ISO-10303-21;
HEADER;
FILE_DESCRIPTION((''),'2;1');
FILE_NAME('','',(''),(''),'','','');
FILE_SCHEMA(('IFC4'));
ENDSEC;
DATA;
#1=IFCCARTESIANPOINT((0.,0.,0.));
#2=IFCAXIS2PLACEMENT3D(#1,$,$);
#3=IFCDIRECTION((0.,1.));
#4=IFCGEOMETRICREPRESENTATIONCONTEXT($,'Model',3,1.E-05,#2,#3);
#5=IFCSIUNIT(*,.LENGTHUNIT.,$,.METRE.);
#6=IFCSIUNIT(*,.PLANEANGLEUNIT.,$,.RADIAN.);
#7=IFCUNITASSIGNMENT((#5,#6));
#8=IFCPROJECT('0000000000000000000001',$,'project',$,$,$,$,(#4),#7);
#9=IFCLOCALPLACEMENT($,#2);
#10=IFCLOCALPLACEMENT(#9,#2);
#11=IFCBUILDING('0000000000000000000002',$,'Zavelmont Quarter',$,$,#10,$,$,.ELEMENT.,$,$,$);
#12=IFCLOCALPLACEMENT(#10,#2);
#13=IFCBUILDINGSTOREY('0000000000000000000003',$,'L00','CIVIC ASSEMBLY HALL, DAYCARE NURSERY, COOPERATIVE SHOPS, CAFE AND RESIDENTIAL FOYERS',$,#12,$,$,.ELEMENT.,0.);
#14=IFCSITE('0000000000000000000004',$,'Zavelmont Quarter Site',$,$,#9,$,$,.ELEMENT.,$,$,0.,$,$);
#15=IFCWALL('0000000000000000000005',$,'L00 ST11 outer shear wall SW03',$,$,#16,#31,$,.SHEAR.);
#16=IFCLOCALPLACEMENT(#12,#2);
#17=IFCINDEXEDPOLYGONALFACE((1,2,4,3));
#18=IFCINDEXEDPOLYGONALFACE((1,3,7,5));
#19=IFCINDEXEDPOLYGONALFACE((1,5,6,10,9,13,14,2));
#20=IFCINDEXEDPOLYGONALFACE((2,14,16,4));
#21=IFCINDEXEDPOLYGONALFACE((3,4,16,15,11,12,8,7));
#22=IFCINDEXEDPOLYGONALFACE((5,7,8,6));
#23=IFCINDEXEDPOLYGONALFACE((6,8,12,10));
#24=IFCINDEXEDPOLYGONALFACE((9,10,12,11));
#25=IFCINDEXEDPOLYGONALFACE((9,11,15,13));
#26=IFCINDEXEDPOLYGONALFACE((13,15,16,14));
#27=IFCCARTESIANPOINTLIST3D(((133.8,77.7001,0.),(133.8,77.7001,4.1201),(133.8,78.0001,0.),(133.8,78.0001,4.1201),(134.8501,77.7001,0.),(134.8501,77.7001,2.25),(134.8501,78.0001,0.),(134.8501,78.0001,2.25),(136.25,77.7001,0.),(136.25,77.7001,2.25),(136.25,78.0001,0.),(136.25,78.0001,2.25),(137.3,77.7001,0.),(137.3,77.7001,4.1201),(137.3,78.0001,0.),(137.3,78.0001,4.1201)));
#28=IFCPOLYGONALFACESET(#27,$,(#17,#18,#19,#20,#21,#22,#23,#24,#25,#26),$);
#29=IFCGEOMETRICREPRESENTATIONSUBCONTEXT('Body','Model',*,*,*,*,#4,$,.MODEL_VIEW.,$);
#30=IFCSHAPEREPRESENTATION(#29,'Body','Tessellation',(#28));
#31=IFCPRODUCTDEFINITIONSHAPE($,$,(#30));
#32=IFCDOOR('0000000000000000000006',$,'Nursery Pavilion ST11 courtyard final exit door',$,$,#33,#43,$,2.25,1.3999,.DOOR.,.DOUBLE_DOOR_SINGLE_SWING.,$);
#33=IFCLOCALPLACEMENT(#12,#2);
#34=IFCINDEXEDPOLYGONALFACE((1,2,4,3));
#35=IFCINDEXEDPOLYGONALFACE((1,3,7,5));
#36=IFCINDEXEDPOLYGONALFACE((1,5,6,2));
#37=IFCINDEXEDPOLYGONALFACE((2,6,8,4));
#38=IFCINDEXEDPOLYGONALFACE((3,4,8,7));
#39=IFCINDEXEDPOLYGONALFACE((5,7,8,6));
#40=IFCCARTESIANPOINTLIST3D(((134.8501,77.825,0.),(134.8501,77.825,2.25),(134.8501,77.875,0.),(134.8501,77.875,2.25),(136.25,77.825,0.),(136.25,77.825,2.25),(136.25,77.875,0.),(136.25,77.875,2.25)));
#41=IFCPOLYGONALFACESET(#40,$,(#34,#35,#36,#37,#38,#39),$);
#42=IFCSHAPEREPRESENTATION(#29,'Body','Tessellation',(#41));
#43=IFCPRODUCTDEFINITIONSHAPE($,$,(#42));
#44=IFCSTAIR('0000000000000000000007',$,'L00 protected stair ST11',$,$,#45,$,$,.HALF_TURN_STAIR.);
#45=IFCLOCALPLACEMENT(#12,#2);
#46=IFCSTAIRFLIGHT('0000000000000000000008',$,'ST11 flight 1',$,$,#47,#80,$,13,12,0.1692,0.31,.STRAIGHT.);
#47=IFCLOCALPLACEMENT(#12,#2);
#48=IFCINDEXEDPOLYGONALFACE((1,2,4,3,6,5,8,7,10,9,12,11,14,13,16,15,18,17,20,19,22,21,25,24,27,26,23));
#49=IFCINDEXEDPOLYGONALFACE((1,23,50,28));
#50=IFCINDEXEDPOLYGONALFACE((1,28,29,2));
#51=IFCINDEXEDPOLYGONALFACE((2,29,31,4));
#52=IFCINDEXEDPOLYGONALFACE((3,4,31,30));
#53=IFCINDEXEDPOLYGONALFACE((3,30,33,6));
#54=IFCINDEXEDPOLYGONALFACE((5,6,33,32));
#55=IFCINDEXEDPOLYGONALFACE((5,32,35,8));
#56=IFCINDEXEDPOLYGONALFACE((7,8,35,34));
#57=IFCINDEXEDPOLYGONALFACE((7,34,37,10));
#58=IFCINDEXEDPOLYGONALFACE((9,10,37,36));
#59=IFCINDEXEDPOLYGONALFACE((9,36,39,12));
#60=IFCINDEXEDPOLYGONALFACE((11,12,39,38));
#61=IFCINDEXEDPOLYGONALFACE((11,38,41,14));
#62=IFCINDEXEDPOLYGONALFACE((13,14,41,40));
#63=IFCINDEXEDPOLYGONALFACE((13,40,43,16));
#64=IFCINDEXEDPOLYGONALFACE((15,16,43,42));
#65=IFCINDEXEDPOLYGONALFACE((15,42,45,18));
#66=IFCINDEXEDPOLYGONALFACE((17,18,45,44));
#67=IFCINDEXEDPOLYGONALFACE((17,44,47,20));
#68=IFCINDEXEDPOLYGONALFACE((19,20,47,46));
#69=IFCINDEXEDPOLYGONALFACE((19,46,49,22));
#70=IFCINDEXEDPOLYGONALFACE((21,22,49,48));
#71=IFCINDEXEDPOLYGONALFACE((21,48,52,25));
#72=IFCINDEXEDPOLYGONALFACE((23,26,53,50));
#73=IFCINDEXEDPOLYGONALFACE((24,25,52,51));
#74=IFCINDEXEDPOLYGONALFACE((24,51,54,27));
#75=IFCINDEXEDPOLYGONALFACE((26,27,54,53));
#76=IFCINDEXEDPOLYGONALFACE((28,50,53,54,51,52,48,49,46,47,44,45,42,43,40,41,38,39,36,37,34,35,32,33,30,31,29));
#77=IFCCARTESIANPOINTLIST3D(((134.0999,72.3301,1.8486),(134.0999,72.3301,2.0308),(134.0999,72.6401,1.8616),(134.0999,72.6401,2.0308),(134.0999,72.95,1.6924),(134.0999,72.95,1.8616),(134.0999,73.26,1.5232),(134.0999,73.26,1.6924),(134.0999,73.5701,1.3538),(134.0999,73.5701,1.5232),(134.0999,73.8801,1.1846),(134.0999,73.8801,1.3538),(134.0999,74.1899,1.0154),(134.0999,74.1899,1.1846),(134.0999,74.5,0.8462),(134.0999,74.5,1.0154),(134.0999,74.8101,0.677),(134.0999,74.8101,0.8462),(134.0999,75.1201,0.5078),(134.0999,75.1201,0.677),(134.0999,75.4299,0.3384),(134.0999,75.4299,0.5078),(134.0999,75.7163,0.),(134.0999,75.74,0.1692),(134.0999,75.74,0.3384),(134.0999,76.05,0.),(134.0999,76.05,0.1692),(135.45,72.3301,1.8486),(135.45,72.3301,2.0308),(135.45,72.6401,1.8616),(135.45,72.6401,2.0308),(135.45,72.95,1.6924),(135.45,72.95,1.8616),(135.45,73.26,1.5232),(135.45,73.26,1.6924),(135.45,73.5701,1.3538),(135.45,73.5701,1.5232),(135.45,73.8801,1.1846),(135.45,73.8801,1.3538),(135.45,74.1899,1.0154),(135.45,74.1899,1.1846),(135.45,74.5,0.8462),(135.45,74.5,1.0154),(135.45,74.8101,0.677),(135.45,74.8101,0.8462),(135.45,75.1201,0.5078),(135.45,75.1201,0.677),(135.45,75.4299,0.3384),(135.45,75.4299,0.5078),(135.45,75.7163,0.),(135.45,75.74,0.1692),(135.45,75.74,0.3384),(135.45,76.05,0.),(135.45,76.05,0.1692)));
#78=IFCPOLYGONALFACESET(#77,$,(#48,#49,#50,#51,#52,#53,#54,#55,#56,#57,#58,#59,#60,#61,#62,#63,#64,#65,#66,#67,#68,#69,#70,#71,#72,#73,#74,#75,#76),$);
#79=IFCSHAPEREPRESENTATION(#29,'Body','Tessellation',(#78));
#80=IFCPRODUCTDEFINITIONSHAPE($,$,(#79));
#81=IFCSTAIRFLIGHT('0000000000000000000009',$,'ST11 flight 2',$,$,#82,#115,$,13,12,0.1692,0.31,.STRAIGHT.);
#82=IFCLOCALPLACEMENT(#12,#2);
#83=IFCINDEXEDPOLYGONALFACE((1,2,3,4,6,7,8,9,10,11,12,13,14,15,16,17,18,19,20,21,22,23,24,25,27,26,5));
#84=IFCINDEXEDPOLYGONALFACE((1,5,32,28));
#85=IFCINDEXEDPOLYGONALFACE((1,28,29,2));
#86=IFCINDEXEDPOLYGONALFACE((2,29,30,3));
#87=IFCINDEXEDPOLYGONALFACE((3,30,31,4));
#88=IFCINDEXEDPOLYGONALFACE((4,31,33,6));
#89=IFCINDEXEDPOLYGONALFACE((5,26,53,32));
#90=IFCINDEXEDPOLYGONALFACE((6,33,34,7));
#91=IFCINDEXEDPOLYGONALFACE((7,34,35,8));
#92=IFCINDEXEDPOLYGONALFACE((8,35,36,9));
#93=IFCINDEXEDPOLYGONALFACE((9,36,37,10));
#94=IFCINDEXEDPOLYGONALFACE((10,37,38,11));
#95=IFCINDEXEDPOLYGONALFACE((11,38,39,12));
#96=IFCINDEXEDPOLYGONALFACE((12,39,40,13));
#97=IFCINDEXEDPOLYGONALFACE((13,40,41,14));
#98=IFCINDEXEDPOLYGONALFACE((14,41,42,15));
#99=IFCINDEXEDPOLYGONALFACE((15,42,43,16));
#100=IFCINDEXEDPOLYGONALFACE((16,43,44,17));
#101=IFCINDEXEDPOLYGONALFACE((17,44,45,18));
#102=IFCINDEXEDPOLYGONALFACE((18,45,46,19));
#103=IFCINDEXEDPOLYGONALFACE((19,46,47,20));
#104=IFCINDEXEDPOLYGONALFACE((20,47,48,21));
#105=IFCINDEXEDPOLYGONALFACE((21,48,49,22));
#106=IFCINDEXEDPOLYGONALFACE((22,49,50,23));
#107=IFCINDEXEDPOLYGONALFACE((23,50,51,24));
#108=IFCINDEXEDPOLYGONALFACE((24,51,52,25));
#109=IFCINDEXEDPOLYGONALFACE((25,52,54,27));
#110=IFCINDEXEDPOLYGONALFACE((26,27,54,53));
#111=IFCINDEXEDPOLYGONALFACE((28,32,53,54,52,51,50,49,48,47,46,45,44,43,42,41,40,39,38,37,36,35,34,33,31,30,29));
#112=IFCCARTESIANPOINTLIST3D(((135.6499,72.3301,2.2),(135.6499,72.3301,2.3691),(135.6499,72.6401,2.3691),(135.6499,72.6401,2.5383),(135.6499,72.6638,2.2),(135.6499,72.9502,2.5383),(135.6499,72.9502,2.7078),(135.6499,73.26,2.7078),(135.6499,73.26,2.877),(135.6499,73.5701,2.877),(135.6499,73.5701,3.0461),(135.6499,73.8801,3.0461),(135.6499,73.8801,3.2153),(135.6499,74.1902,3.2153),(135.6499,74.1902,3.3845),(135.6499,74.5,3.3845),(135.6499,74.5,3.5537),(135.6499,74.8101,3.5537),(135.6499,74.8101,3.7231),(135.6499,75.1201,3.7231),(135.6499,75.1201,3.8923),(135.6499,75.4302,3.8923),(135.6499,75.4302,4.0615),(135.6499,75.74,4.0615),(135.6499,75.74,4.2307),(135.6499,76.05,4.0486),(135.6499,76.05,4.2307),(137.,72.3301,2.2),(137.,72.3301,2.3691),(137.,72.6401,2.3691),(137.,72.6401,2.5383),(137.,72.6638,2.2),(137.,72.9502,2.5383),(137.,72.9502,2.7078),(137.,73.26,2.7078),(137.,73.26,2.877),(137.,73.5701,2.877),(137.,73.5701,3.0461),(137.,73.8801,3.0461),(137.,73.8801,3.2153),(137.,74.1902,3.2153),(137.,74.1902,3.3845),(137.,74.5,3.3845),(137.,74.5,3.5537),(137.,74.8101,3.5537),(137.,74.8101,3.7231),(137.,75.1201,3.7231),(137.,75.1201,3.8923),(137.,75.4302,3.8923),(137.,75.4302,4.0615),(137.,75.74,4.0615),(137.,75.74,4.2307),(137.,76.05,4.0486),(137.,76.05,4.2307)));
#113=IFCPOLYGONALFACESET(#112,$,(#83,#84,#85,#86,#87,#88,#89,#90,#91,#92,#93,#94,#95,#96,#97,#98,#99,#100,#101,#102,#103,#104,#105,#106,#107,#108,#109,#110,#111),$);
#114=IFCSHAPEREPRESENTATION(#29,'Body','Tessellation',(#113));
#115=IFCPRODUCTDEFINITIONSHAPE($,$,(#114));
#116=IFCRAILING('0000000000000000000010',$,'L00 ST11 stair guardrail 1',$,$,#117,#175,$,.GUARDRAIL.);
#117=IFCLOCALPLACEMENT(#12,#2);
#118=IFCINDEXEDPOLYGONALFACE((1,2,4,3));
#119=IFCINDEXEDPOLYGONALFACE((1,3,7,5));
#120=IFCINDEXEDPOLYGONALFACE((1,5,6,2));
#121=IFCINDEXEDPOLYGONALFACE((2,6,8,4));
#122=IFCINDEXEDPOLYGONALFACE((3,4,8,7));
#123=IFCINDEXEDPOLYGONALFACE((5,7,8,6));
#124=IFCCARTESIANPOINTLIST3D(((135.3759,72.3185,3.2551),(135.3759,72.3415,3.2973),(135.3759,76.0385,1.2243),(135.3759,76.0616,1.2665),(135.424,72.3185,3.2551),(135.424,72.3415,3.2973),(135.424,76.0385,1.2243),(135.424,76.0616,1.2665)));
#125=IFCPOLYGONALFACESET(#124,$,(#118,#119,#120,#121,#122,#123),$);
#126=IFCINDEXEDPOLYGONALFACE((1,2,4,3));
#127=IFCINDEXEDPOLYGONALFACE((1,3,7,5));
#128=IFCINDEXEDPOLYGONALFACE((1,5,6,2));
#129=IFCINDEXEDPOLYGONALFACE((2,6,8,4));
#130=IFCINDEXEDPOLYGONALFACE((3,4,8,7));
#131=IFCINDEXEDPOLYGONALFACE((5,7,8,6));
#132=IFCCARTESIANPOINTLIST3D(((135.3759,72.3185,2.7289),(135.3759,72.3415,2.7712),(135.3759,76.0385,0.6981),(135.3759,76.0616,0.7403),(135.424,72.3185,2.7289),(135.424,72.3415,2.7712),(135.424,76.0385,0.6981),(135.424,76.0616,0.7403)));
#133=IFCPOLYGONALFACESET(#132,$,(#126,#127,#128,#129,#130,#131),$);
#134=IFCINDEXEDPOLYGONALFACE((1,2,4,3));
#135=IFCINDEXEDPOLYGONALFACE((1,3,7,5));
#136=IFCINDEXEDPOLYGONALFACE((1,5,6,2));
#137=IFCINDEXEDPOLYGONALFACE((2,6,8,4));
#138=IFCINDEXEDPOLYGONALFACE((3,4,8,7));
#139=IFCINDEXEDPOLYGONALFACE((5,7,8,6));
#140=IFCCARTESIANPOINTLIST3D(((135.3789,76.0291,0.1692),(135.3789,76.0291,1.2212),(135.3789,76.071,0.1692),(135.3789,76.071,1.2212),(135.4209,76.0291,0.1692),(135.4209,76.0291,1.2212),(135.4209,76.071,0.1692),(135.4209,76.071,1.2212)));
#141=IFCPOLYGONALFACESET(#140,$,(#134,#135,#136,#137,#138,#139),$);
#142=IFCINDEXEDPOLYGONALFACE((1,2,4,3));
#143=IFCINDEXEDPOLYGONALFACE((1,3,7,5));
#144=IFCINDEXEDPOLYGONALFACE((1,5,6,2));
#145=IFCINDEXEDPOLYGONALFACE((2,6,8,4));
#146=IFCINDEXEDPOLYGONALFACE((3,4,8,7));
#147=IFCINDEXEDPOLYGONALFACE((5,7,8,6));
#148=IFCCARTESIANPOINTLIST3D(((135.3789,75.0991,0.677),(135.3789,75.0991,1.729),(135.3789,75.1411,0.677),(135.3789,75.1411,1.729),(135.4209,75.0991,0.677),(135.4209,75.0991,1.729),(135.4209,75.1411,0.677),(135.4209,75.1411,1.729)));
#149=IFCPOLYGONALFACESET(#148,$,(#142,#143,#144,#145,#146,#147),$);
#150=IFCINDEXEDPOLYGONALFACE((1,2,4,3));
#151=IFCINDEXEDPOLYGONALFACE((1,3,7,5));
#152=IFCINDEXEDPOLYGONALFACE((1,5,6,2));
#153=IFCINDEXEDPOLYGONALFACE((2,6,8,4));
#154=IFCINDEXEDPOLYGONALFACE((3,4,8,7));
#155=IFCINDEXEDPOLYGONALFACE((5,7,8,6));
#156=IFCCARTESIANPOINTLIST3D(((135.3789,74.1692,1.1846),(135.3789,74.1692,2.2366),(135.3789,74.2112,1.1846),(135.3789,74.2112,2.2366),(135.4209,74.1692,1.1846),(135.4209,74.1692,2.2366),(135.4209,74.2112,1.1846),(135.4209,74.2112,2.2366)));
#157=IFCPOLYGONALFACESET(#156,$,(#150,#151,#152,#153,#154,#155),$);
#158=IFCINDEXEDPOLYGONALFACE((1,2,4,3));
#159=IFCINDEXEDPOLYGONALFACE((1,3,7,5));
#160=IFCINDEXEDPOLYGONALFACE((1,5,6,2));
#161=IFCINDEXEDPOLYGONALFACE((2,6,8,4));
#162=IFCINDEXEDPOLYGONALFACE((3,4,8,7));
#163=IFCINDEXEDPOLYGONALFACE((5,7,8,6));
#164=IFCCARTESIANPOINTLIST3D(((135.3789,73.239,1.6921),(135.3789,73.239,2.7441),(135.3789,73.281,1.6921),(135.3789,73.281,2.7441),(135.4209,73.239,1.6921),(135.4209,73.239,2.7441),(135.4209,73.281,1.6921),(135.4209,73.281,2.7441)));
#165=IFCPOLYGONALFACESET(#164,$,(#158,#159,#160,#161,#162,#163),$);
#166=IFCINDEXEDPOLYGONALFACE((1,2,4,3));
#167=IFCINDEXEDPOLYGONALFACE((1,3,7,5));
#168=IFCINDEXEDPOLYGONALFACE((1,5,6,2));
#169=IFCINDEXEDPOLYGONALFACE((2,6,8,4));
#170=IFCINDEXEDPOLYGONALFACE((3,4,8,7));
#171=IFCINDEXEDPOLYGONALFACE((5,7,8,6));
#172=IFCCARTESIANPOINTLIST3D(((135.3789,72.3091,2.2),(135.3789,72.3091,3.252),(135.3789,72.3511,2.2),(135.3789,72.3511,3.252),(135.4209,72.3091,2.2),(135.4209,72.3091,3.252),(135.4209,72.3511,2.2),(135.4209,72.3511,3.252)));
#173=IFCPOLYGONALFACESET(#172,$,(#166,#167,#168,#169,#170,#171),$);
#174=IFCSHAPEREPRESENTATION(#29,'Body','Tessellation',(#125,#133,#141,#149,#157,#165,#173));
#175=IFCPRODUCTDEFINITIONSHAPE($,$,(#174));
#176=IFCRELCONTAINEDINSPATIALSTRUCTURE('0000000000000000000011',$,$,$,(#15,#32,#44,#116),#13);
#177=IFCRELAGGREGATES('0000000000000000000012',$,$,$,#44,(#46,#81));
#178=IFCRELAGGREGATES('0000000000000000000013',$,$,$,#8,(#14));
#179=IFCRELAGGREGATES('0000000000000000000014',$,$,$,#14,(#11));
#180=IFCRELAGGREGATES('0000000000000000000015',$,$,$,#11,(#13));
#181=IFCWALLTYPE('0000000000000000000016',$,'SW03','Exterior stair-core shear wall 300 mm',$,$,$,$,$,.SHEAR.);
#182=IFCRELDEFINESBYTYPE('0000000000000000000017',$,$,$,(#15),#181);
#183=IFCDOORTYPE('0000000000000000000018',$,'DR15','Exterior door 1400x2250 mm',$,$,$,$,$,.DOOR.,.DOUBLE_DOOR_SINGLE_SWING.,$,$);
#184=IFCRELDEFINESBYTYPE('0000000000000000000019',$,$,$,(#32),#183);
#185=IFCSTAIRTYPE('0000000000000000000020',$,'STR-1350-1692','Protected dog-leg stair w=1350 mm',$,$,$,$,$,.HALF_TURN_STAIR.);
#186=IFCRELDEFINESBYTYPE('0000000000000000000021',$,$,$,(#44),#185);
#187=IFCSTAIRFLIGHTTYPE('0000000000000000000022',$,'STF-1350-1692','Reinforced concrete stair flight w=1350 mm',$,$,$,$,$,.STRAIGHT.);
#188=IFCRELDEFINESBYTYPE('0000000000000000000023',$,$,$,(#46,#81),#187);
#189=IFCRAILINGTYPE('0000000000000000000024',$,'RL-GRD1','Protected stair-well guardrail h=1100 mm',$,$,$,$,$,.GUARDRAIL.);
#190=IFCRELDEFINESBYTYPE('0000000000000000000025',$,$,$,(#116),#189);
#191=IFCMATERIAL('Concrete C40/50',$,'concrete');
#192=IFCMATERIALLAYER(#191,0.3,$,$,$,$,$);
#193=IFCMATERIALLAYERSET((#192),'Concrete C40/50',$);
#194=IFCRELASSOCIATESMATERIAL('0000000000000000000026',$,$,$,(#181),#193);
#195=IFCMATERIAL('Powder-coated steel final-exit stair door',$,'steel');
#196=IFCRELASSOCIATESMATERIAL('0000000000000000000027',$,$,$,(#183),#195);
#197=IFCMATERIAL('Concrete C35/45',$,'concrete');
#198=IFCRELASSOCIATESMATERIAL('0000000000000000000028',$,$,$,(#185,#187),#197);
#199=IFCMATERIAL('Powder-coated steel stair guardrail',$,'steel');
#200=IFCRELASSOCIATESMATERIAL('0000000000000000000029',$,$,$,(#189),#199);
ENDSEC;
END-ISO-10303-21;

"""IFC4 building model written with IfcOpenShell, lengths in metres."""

from ifc_helpers import new_model, si_unit, direction, frame, frame_2d, origin, origin_with_axes, origin_2d, place, context, subcontext, project, spatial, polyline, rectangle, outline, extrude, material, layer, layer_set, type_object, element, fill, aggregate, save


model = new_model("IFC4")

# Units and contexts
model_context = context("Model", 3, precision=1e-05, world=origin(), true_north=direction((0.0, 1.0)))
body_context = subcontext(model_context, "Body", "Model", "MODEL_VIEW")
ifc_project = project(units=[si_unit("LENGTHUNIT", "METRE"), si_unit("PLANEANGLEUNIT", "RADIAN")], contexts=[model_context])

# Site, building, storey
site_placement = place(None, origin())
site = spatial("IfcSite", under=ifc_project, at=site_placement, Name="Zavelmont Quarter Site", CompositionType="ELEMENT", RefElevation=0.0)
building_placement = place(site_placement, origin())
building = spatial("IfcBuilding", under=site, at=building_placement, Name="Zavelmont Quarter", CompositionType="ELEMENT")
storey_placement = place(building_placement, origin())
storey = spatial("IfcBuildingStorey", under=building, at=storey_placement, Name="L00", Description="CIVIC ASSEMBLY HALL, DAYCARE NURSERY, COOPERATIVE SHOPS, CAFE AND RESIDENTIAL FOYERS", CompositionType="ELEMENT", Elevation=0.0)

# Shared definitions
ifc_material_1 = material(Name="Concrete C40/50", Category="concrete")

# Wall, opening, door
ifc_layer_1 = layer(ifc_material_1, 0.3)
ifc_layer_set_1 = layer_set([ifc_layer_1], Name="Concrete C40/50")
wall_type_1 = type_object("IfcWallType", Name="SW03", Description="Exterior stair-core shear wall 300 mm", PredefinedType="SHEAR", material=ifc_layer_set_1)
wall_1_placement = place(storey_placement, frame((133.8, 77.8501, 0.0), z_axis=(0.0, 0.0, 1.0), x_axis=(1.0, 0.0, 0.0)))
wall_1 = element("IfcWall", 1, at=wall_1_placement, inside=storey, type_object=wall_type_1, Name="L00 ST11 outer shear wall SW03", PredefinedType="SHEAR", context=body_context, shape_type="SweptSolid", body=[
    extrude(rectangle(XDim=3.5, YDim=0.3, at=frame_2d((1.75, 0.0))), origin(), (0.0, 0.0, 1.0), 4.1201),
])
opening_1_placement = place(wall_1_placement, frame((1.05, 0.0, 0.0)))
opening_1 = element("IfcOpeningElement", 2, at=opening_1_placement, cuts=wall_1, PredefinedType="OPENING", context=body_context, shape_type="SweptSolid", body=[
    extrude(rectangle(XDim=1.3999, YDim=2.25, at=frame_2d((0.7, 1.125))), frame((0.0, 0.1621, 0.0), z_axis=(0.0, -1.0, 0.0), x_axis=(1.0, 0.0, 0.0)), (0.0, 0.0, 1.0), 0.324),
])
ifc_material_2 = material(Name="Powder-coated steel final-exit stair door", Category="steel")
door_type_1 = type_object("IfcDoorType", Name="DR15", Description="Exterior door 1400x2250 mm", OperationType="DOUBLE_DOOR_SINGLE_SWING", PredefinedType="DOOR", material=ifc_material_2)
door_1_placement = place(opening_1_placement, origin_with_axes())
door_1 = element("IfcDoor", 3, at=door_1_placement, inside=storey, type_object=door_type_1, Name="Nursery Pavilion ST11 courtyard final exit door", OperationType="DOUBLE_DOOR_SINGLE_SWING", OverallHeight=2.25, OverallWidth=1.3999, PredefinedType="DOOR", context=body_context, shape_type="SweptSolid", body=[
    extrude(rectangle(XDim=1.3999, YDim=2.25, at=frame_2d((0.7, 1.125))), frame((0.0, 0.0249, 0.0), z_axis=(0.0, -1.0, 0.0), x_axis=(1.0, 0.0, 0.0)), (0.0, 0.0, 1.0), 0.05),
])
fill(opening_1, door_1)

# Stair, stair flights
ifc_material_3 = material(Name="Concrete C35/45", Category="concrete")
stair_type = type_object("IfcStairType", Name="STR-1350-1692", Description="Protected dog-leg stair w=1350 mm", PredefinedType="HALF_TURN_STAIR", material=ifc_material_3)
stair_placement = place(storey_placement, origin())
stair = element("IfcStair", 4, at=stair_placement, inside=storey, type_object=stair_type, Name="L00 protected stair ST11", PredefinedType="HALF_TURN_STAIR")
stair_flight_type = type_object("IfcStairFlightType", Name="STF-1350-1692", Description="Reinforced concrete stair flight w=1350 mm", PredefinedType="STRAIGHT", material=ifc_material_3)
stair_flight_1_placement = place(storey_placement, frame((134.7749, 76.05, 0.0), z_axis=(0.0, 0.0, 1.0), x_axis=(0.0, -1.0, 0.0)))
stair_flight_1 = element("IfcStairFlight", 5, at=stair_flight_1_placement, type_object=stair_flight_type, Name="ST11 flight 1", NumberOfRisers=13, NumberOfTreads=12, PredefinedType="STRAIGHT", RiserHeight=0.1692, TreadLength=0.31, context=body_context, shape_type="SweptSolid", body=[
    extrude(outline(polyline([(0.0, 0.0), (0.0, 0.1692), (0.3101, 0.1692), (0.3101, 0.3384), (0.6201, 0.3384), (0.6201, 0.5078), (0.9299, 0.5078), (0.9299, 0.677), (1.24, 0.677), (1.24, 0.8462), (1.55, 0.8462), (1.55, 1.0154), (1.8601, 1.0154), (1.8601, 1.1846), (2.1699, 1.1846), (2.1699, 1.3538), (2.48, 1.3538), (2.48, 1.5232), (2.79, 1.5232), (2.79, 1.6924), (3.1001, 1.6924), (3.1001, 1.8616), (3.4099, 1.8616), (3.4099, 2.0308), (3.72, 2.0308), (3.72, 2.2), (3.72, 1.8486), (0.3337, 0.0), (0.0, 0.0)])), frame((0.0, 0.675, 0.0), z_axis=(0.0, -1.0, 0.0), x_axis=(1.0, 0.0, 0.0)), (0.0, 0.0, 1.0), 1.3501),
])
stair_flight_2_placement = place(storey_placement, frame((136.325, 72.3301, 2.2), z_axis=(0.0, 0.0, 1.0), x_axis=(0.0, 1.0, 0.0)))
stair_flight_2 = element("IfcStairFlight", 6, at=stair_flight_2_placement, type_object=stair_flight_type, Name="ST11 flight 2", NumberOfRisers=13, NumberOfTreads=12, PredefinedType="STRAIGHT", RiserHeight=0.1692, TreadLength=0.31, context=body_context, shape_type="SweptSolid", body=[
    extrude(outline(polyline([(0.0, 0.0), (0.0, 0.1692), (0.3101, 0.1692), (0.3101, 0.3384), (0.6201, 0.3384), (0.6201, 0.5078), (0.9299, 0.5078), (0.9299, 0.677), (1.24, 0.677), (1.24, 0.8462), (1.55, 0.8462), (1.55, 1.0154), (1.8601, 1.0154), (1.8601, 1.1846), (2.1699, 1.1846), (2.1699, 1.3538), (2.48, 1.3538), (2.48, 1.5232), (2.79, 1.5232), (2.79, 1.6924), (3.1001, 1.6924), (3.1001, 1.8616), (3.4099, 1.8616), (3.4099, 2.0308), (3.72, 2.0308), (3.72, 2.2), (3.72, 1.8486), (0.3337, 0.0), (0.0, 0.0)])), frame((0.0, 0.675, 0.0), z_axis=(0.0, -1.0, 0.0), x_axis=(1.0, 0.0, 0.0)), (0.0, 0.0, 1.0), 1.3501),
])
aggregate(stair, [stair_flight_1, stair_flight_2])

# Railing
ifc_material_4 = material(Name="Powder-coated steel stair guardrail", Category="steel")
railing_type_1 = type_object("IfcRailingType", Name="RL-GRD1", Description="Protected stair-well guardrail h=1100 mm", PredefinedType="GUARDRAIL", material=ifc_material_4)
railing_1_placement = place(storey_placement, frame((135.3999, 76.05, 0.1692)))
element("IfcRailing", 7, at=railing_1_placement, inside=storey, type_object=railing_type_1, Name="L00 ST11 stair guardrail 1", PredefinedType="GUARDRAIL", context=body_context, shape_type="SweptSolid", body=[
    extrude(rectangle(XDim=0.0481, YDim=0.0481, at=origin_2d()), frame((0.0, 0.0, 1.0762), z_axis=(0.0, -0.877728, 0.479159), x_axis=(1.0, 0.0, 0.0)), (0.0, 0.0, 1.0), 4.2383),
    extrude(rectangle(XDim=0.0481, YDim=0.0481, at=origin_2d()), frame((0.0, 0.0, 0.55), z_axis=(0.0, -0.877728, 0.479159), x_axis=(1.0, 0.0, 0.0)), (0.0, 0.0, 1.0), 4.2383),
    extrude(rectangle(XDim=0.042, YDim=0.042, at=origin_2d()), origin(), (0.0, 0.0, 1.0), 1.052),
    extrude(rectangle(XDim=0.042, YDim=0.042, at=origin_2d()), frame((0.0, -0.9299, 0.5078)), (0.0, 0.0, 1.0), 1.052),
    extrude(rectangle(XDim=0.042, YDim=0.042, at=origin_2d()), frame((0.0, -1.8599, 1.0154)), (0.0, 0.0, 1.0), 1.052),
    extrude(rectangle(XDim=0.042, YDim=0.042, at=origin_2d()), frame((0.0, -2.79, 1.5229)), (0.0, 0.0, 1.0), 1.052),
    extrude(rectangle(XDim=0.042, YDim=0.042, at=origin_2d()), frame((0.0, -3.72, 2.0308)), (0.0, 0.0, 1.0), 1.052),
])

save(model, "model.ifc")
